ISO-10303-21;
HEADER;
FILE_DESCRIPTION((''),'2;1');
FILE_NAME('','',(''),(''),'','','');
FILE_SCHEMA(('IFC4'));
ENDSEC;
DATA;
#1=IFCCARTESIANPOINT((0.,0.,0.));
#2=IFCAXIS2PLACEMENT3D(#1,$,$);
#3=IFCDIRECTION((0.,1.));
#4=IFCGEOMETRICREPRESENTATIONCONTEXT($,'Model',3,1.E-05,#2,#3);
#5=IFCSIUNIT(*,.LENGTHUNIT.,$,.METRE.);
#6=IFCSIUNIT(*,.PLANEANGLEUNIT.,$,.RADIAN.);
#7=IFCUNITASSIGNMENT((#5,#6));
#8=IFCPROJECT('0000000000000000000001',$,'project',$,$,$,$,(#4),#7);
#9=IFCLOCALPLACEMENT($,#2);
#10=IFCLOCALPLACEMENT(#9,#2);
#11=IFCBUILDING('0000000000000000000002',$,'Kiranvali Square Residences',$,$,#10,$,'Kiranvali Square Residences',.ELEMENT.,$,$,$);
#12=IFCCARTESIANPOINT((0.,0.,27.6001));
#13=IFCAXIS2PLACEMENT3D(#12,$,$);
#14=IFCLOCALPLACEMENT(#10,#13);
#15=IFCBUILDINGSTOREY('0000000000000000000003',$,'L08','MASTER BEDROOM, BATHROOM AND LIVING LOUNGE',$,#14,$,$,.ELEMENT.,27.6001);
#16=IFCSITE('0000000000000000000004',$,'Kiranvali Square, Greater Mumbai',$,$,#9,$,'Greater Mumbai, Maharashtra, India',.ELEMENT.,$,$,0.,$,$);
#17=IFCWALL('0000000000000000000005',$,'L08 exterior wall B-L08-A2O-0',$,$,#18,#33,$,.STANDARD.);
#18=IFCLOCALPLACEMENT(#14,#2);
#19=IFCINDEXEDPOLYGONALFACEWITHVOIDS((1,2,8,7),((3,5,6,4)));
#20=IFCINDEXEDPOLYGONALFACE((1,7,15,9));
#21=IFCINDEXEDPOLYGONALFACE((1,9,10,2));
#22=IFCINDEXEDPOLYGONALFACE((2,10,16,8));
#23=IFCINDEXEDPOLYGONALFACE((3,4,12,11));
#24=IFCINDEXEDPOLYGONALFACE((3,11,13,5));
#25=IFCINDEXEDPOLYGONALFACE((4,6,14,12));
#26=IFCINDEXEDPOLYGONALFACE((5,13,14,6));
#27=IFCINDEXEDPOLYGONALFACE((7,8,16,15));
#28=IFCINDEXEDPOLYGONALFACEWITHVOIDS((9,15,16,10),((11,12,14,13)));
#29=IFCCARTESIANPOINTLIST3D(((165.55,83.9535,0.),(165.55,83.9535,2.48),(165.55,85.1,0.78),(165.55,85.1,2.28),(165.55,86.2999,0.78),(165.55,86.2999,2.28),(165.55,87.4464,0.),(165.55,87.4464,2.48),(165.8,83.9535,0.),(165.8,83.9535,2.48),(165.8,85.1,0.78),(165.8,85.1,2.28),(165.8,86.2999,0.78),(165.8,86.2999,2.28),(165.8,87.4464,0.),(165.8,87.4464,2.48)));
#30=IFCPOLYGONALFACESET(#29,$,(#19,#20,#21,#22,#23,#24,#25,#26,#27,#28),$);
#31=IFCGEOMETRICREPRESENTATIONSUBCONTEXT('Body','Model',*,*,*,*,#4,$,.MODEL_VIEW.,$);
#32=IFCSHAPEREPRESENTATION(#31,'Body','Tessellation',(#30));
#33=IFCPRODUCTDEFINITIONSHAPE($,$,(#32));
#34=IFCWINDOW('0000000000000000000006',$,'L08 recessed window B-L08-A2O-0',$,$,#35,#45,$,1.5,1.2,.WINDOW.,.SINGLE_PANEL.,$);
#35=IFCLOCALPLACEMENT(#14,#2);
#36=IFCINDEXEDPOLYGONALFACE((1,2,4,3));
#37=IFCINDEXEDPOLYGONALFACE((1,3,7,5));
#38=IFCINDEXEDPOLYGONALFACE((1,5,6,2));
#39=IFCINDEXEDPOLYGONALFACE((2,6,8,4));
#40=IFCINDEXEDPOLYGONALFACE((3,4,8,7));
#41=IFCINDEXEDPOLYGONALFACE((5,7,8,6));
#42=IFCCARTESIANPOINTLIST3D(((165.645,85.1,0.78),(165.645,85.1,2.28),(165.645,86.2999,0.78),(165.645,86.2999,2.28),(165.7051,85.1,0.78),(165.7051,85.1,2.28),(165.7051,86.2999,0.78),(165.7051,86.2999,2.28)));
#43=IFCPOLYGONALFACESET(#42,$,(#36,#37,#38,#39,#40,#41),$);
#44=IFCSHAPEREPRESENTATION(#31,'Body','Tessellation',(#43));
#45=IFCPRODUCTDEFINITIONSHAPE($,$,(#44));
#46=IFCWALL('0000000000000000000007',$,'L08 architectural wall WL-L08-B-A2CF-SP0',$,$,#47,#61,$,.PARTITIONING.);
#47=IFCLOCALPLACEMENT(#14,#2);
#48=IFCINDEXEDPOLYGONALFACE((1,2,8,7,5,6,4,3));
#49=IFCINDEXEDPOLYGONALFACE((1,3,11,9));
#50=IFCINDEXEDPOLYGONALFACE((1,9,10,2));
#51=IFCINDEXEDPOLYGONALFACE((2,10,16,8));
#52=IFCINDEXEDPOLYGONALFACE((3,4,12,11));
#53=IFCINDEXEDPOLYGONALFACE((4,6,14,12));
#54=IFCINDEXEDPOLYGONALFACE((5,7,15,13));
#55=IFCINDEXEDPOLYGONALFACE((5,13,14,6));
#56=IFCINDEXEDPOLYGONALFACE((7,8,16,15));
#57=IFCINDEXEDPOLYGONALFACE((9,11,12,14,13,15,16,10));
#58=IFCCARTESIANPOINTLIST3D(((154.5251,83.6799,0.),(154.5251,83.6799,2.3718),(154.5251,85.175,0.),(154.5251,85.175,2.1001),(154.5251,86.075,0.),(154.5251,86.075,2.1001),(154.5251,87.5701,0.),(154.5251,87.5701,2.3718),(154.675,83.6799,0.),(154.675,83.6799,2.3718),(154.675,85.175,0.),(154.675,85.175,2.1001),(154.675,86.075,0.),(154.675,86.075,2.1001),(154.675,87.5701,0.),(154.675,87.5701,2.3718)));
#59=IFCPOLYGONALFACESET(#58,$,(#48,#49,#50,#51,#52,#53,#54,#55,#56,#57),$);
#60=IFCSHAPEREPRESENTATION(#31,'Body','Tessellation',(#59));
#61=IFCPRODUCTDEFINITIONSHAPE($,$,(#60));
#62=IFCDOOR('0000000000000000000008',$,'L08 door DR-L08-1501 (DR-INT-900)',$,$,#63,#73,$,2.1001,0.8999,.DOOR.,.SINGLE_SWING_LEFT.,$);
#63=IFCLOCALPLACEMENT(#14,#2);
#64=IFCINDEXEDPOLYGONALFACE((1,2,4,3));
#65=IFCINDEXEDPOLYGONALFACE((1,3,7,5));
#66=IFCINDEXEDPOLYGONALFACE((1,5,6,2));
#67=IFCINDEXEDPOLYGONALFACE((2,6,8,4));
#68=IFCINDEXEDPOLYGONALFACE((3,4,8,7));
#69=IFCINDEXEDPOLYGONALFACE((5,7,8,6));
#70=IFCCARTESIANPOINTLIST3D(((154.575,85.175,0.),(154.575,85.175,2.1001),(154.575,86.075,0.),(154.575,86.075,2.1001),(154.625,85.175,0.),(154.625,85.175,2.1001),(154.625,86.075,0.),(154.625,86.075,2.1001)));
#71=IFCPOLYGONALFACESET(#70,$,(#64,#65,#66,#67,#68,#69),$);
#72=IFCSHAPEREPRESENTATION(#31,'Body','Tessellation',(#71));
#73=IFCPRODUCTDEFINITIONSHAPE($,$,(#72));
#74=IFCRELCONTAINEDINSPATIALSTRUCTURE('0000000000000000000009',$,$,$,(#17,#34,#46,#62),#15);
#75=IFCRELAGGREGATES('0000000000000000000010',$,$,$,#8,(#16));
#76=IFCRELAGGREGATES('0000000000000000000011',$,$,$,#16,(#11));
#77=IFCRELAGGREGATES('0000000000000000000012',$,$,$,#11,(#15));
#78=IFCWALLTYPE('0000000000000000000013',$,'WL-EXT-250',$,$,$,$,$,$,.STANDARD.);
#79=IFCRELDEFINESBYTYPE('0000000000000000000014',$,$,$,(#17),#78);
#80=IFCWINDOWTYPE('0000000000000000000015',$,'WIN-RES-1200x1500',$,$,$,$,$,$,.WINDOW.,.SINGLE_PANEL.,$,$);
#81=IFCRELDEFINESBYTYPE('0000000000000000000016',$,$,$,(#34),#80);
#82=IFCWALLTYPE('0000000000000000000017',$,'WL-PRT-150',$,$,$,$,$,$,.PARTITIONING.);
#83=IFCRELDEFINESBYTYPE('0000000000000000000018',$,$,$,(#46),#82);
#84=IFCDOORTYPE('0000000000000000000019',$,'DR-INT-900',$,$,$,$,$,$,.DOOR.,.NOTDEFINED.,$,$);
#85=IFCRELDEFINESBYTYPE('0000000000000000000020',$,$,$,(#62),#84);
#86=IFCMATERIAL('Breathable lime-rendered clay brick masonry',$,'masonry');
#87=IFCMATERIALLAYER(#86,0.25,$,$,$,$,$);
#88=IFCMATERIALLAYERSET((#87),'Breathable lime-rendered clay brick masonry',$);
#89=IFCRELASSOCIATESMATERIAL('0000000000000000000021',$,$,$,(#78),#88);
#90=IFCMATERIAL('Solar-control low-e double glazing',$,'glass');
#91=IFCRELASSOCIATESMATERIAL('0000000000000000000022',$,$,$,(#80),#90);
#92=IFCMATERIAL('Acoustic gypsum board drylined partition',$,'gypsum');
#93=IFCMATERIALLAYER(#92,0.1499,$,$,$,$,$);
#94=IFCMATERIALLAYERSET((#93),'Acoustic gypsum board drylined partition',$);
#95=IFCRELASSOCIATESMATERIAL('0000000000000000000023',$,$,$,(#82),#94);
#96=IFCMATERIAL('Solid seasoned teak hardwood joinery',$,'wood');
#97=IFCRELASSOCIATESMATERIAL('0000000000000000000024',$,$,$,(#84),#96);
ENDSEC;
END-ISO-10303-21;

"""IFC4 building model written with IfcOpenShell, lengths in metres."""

from ifc_helpers import new_model, si_unit, direction, frame, frame_2d, origin, place, context, subcontext, project, spatial, rectangle, extrude, material, layer, layer_set, type_object, element, fill, save


model = new_model("IFC4")

# Units and contexts
model_context = context("Model", 3, precision=1e-05, world=origin(), true_north=direction((0.0, 1.0)))
body_context = subcontext(model_context, "Body", "Model", "MODEL_VIEW")
ifc_project = project(units=[si_unit("LENGTHUNIT", "METRE"), si_unit("PLANEANGLEUNIT", "RADIAN")], contexts=[model_context])

# Site, building, storey
site_placement = place(None, origin())
site = spatial("IfcSite", under=ifc_project, at=site_placement, Name="Kiranvali Square, Greater Mumbai", LongName="Greater Mumbai, Maharashtra, India", CompositionType="ELEMENT", RefElevation=0.0)
building_placement = place(site_placement, origin())
building = spatial("IfcBuilding", under=site, at=building_placement, Name="Kiranvali Square Residences", LongName="Kiranvali Square Residences", CompositionType="ELEMENT")
storey_placement = place(building_placement, frame((0.0, 0.0, 27.6001)))
storey = spatial("IfcBuildingStorey", under=building, at=storey_placement, Name="L08", Description="MASTER BEDROOM, BATHROOM AND LIVING LOUNGE", CompositionType="ELEMENT", Elevation=27.6001)

# Wall, opening, window
ifc_material_1 = material(Name="Breathable lime-rendered clay brick masonry", Category="masonry")
ifc_layer_1 = layer(ifc_material_1, 0.25)
ifc_layer_set_1 = layer_set([ifc_layer_1], Name="Breathable lime-rendered clay brick masonry")
wall_type_1 = type_object("IfcWallType", Name="WL-EXT-250", PredefinedType="STANDARD", material=ifc_layer_set_1)
wall_1_placement = place(storey_placement, frame((165.675, 87.4465, 0.0), z_axis=(0.0, 0.0, 1.0), x_axis=(0.0, -1.0, 0.0)))
wall_1 = element("IfcWall", 1, at=wall_1_placement, inside=storey, type_object=wall_type_1, Name="L08 exterior wall B-L08-A2O-0", PredefinedType="STANDARD", context=body_context, shape_type="SweptSolid", body=[
    extrude(rectangle(XDim=3.4929, YDim=0.25, at=frame_2d((1.7466, 0.0))), origin(), (0.0, 0.0, 1.0), 2.48),
])
opening_1_placement = place(wall_1_placement, frame((1.1465, 0.0, 0.78)))
opening_1 = element("IfcOpeningElement", 2, at=opening_1_placement, cuts=wall_1, PredefinedType="OPENING", context=body_context, shape_type="SweptSolid", body=[
    extrude(rectangle(XDim=1.2, YDim=1.5, at=frame_2d((0.6001, 0.75))), frame((0.0, 0.135, 0.0), z_axis=(0.0, -1.0, 0.0), x_axis=(1.0, 0.0, 0.0)), (0.0, 0.0, 1.0), 0.27),
])
ifc_material_2 = material(Name="Solar-control low-e double glazing", Category="glass")
window_type = type_object("IfcWindowType", Name="WIN-RES-1200x1500", PartitioningType="SINGLE_PANEL", PredefinedType="WINDOW", material=ifc_material_2)
window_placement = place(opening_1_placement, origin())
window = element("IfcWindow", 3, at=window_placement, inside=storey, type_object=window_type, Name="L08 recessed window B-L08-A2O-0", OverallHeight=1.5, OverallWidth=1.2, PartitioningType="SINGLE_PANEL", PredefinedType="WINDOW", context=body_context, shape_type="SweptSolid", body=[
    extrude(rectangle(XDim=1.2, YDim=1.5, at=frame_2d((0.6001, 0.75))), frame((0.0, 0.03, 0.0), z_axis=(0.0, -1.0, 0.0), x_axis=(1.0, 0.0, 0.0)), (0.0, 0.0, 1.0), 0.0601),
])
fill(opening_1, window)

# Wall, opening, door
ifc_material_3 = material(Name="Acoustic gypsum board drylined partition", Category="gypsum")
ifc_layer_2 = layer(ifc_material_3, 0.1499)
ifc_layer_set_2 = layer_set([ifc_layer_2], Name="Acoustic gypsum board drylined partition")
wall_type_2 = type_object("IfcWallType", Name="WL-PRT-150", PredefinedType="PARTITIONING", material=ifc_layer_set_2)
wall_2_placement = place(storey_placement, frame((154.6001, 87.5701, 0.0), z_axis=(0.0, 0.0, 1.0), x_axis=(0.0, -1.0, 0.0)))
wall_2 = element("IfcWall", 4, at=wall_2_placement, inside=storey, type_object=wall_type_2, Name="L08 architectural wall WL-L08-B-A2CF-SP0", PredefinedType="PARTITIONING", context=body_context, shape_type="SweptSolid", body=[
    extrude(rectangle(XDim=3.8901, YDim=0.1499, at=frame_2d((1.9451, 0.0))), origin(), (0.0, 0.0, 1.0), 2.3718),
])
opening_2_placement = place(wall_2_placement, frame((1.4951, 0.0, 0.0)))
opening_2 = element("IfcOpeningElement", 5, at=opening_2_placement, cuts=wall_2, PredefinedType="OPENING", context=body_context, shape_type="SweptSolid", body=[
    extrude(rectangle(XDim=0.8999, YDim=2.1001, at=frame_2d((0.45, 1.05))), frame((0.0, 0.085, 0.0), z_axis=(0.0, -1.0, 0.0), x_axis=(1.0, 0.0, 0.0)), (0.0, 0.0, 1.0), 0.1699),
])
ifc_material_4 = material(Name="Solid seasoned teak hardwood joinery", Category="wood")
door_type_1 = type_object("IfcDoorType", Name="DR-INT-900", OperationType="NOTDEFINED", PredefinedType="DOOR", material=ifc_material_4)
door_1_placement = place(opening_2_placement, origin())
door_1 = element("IfcDoor", 6, at=door_1_placement, inside=storey, type_object=door_type_1, Name="L08 door DR-L08-1501 (DR-INT-900)", OperationType="SINGLE_SWING_LEFT", OverallHeight=2.1001, OverallWidth=0.8999, PredefinedType="DOOR", context=body_context, shape_type="SweptSolid", body=[
    extrude(rectangle(XDim=0.8999, YDim=2.1001, at=frame_2d((0.45, 1.05))), frame((0.0, 0.0249, 0.0), z_axis=(0.0, -1.0, 0.0), x_axis=(1.0, 0.0, 0.0)), (0.0, 0.0, 1.0), 0.05),
])
fill(opening_2, door_1)

save(model, "model.ifc")
